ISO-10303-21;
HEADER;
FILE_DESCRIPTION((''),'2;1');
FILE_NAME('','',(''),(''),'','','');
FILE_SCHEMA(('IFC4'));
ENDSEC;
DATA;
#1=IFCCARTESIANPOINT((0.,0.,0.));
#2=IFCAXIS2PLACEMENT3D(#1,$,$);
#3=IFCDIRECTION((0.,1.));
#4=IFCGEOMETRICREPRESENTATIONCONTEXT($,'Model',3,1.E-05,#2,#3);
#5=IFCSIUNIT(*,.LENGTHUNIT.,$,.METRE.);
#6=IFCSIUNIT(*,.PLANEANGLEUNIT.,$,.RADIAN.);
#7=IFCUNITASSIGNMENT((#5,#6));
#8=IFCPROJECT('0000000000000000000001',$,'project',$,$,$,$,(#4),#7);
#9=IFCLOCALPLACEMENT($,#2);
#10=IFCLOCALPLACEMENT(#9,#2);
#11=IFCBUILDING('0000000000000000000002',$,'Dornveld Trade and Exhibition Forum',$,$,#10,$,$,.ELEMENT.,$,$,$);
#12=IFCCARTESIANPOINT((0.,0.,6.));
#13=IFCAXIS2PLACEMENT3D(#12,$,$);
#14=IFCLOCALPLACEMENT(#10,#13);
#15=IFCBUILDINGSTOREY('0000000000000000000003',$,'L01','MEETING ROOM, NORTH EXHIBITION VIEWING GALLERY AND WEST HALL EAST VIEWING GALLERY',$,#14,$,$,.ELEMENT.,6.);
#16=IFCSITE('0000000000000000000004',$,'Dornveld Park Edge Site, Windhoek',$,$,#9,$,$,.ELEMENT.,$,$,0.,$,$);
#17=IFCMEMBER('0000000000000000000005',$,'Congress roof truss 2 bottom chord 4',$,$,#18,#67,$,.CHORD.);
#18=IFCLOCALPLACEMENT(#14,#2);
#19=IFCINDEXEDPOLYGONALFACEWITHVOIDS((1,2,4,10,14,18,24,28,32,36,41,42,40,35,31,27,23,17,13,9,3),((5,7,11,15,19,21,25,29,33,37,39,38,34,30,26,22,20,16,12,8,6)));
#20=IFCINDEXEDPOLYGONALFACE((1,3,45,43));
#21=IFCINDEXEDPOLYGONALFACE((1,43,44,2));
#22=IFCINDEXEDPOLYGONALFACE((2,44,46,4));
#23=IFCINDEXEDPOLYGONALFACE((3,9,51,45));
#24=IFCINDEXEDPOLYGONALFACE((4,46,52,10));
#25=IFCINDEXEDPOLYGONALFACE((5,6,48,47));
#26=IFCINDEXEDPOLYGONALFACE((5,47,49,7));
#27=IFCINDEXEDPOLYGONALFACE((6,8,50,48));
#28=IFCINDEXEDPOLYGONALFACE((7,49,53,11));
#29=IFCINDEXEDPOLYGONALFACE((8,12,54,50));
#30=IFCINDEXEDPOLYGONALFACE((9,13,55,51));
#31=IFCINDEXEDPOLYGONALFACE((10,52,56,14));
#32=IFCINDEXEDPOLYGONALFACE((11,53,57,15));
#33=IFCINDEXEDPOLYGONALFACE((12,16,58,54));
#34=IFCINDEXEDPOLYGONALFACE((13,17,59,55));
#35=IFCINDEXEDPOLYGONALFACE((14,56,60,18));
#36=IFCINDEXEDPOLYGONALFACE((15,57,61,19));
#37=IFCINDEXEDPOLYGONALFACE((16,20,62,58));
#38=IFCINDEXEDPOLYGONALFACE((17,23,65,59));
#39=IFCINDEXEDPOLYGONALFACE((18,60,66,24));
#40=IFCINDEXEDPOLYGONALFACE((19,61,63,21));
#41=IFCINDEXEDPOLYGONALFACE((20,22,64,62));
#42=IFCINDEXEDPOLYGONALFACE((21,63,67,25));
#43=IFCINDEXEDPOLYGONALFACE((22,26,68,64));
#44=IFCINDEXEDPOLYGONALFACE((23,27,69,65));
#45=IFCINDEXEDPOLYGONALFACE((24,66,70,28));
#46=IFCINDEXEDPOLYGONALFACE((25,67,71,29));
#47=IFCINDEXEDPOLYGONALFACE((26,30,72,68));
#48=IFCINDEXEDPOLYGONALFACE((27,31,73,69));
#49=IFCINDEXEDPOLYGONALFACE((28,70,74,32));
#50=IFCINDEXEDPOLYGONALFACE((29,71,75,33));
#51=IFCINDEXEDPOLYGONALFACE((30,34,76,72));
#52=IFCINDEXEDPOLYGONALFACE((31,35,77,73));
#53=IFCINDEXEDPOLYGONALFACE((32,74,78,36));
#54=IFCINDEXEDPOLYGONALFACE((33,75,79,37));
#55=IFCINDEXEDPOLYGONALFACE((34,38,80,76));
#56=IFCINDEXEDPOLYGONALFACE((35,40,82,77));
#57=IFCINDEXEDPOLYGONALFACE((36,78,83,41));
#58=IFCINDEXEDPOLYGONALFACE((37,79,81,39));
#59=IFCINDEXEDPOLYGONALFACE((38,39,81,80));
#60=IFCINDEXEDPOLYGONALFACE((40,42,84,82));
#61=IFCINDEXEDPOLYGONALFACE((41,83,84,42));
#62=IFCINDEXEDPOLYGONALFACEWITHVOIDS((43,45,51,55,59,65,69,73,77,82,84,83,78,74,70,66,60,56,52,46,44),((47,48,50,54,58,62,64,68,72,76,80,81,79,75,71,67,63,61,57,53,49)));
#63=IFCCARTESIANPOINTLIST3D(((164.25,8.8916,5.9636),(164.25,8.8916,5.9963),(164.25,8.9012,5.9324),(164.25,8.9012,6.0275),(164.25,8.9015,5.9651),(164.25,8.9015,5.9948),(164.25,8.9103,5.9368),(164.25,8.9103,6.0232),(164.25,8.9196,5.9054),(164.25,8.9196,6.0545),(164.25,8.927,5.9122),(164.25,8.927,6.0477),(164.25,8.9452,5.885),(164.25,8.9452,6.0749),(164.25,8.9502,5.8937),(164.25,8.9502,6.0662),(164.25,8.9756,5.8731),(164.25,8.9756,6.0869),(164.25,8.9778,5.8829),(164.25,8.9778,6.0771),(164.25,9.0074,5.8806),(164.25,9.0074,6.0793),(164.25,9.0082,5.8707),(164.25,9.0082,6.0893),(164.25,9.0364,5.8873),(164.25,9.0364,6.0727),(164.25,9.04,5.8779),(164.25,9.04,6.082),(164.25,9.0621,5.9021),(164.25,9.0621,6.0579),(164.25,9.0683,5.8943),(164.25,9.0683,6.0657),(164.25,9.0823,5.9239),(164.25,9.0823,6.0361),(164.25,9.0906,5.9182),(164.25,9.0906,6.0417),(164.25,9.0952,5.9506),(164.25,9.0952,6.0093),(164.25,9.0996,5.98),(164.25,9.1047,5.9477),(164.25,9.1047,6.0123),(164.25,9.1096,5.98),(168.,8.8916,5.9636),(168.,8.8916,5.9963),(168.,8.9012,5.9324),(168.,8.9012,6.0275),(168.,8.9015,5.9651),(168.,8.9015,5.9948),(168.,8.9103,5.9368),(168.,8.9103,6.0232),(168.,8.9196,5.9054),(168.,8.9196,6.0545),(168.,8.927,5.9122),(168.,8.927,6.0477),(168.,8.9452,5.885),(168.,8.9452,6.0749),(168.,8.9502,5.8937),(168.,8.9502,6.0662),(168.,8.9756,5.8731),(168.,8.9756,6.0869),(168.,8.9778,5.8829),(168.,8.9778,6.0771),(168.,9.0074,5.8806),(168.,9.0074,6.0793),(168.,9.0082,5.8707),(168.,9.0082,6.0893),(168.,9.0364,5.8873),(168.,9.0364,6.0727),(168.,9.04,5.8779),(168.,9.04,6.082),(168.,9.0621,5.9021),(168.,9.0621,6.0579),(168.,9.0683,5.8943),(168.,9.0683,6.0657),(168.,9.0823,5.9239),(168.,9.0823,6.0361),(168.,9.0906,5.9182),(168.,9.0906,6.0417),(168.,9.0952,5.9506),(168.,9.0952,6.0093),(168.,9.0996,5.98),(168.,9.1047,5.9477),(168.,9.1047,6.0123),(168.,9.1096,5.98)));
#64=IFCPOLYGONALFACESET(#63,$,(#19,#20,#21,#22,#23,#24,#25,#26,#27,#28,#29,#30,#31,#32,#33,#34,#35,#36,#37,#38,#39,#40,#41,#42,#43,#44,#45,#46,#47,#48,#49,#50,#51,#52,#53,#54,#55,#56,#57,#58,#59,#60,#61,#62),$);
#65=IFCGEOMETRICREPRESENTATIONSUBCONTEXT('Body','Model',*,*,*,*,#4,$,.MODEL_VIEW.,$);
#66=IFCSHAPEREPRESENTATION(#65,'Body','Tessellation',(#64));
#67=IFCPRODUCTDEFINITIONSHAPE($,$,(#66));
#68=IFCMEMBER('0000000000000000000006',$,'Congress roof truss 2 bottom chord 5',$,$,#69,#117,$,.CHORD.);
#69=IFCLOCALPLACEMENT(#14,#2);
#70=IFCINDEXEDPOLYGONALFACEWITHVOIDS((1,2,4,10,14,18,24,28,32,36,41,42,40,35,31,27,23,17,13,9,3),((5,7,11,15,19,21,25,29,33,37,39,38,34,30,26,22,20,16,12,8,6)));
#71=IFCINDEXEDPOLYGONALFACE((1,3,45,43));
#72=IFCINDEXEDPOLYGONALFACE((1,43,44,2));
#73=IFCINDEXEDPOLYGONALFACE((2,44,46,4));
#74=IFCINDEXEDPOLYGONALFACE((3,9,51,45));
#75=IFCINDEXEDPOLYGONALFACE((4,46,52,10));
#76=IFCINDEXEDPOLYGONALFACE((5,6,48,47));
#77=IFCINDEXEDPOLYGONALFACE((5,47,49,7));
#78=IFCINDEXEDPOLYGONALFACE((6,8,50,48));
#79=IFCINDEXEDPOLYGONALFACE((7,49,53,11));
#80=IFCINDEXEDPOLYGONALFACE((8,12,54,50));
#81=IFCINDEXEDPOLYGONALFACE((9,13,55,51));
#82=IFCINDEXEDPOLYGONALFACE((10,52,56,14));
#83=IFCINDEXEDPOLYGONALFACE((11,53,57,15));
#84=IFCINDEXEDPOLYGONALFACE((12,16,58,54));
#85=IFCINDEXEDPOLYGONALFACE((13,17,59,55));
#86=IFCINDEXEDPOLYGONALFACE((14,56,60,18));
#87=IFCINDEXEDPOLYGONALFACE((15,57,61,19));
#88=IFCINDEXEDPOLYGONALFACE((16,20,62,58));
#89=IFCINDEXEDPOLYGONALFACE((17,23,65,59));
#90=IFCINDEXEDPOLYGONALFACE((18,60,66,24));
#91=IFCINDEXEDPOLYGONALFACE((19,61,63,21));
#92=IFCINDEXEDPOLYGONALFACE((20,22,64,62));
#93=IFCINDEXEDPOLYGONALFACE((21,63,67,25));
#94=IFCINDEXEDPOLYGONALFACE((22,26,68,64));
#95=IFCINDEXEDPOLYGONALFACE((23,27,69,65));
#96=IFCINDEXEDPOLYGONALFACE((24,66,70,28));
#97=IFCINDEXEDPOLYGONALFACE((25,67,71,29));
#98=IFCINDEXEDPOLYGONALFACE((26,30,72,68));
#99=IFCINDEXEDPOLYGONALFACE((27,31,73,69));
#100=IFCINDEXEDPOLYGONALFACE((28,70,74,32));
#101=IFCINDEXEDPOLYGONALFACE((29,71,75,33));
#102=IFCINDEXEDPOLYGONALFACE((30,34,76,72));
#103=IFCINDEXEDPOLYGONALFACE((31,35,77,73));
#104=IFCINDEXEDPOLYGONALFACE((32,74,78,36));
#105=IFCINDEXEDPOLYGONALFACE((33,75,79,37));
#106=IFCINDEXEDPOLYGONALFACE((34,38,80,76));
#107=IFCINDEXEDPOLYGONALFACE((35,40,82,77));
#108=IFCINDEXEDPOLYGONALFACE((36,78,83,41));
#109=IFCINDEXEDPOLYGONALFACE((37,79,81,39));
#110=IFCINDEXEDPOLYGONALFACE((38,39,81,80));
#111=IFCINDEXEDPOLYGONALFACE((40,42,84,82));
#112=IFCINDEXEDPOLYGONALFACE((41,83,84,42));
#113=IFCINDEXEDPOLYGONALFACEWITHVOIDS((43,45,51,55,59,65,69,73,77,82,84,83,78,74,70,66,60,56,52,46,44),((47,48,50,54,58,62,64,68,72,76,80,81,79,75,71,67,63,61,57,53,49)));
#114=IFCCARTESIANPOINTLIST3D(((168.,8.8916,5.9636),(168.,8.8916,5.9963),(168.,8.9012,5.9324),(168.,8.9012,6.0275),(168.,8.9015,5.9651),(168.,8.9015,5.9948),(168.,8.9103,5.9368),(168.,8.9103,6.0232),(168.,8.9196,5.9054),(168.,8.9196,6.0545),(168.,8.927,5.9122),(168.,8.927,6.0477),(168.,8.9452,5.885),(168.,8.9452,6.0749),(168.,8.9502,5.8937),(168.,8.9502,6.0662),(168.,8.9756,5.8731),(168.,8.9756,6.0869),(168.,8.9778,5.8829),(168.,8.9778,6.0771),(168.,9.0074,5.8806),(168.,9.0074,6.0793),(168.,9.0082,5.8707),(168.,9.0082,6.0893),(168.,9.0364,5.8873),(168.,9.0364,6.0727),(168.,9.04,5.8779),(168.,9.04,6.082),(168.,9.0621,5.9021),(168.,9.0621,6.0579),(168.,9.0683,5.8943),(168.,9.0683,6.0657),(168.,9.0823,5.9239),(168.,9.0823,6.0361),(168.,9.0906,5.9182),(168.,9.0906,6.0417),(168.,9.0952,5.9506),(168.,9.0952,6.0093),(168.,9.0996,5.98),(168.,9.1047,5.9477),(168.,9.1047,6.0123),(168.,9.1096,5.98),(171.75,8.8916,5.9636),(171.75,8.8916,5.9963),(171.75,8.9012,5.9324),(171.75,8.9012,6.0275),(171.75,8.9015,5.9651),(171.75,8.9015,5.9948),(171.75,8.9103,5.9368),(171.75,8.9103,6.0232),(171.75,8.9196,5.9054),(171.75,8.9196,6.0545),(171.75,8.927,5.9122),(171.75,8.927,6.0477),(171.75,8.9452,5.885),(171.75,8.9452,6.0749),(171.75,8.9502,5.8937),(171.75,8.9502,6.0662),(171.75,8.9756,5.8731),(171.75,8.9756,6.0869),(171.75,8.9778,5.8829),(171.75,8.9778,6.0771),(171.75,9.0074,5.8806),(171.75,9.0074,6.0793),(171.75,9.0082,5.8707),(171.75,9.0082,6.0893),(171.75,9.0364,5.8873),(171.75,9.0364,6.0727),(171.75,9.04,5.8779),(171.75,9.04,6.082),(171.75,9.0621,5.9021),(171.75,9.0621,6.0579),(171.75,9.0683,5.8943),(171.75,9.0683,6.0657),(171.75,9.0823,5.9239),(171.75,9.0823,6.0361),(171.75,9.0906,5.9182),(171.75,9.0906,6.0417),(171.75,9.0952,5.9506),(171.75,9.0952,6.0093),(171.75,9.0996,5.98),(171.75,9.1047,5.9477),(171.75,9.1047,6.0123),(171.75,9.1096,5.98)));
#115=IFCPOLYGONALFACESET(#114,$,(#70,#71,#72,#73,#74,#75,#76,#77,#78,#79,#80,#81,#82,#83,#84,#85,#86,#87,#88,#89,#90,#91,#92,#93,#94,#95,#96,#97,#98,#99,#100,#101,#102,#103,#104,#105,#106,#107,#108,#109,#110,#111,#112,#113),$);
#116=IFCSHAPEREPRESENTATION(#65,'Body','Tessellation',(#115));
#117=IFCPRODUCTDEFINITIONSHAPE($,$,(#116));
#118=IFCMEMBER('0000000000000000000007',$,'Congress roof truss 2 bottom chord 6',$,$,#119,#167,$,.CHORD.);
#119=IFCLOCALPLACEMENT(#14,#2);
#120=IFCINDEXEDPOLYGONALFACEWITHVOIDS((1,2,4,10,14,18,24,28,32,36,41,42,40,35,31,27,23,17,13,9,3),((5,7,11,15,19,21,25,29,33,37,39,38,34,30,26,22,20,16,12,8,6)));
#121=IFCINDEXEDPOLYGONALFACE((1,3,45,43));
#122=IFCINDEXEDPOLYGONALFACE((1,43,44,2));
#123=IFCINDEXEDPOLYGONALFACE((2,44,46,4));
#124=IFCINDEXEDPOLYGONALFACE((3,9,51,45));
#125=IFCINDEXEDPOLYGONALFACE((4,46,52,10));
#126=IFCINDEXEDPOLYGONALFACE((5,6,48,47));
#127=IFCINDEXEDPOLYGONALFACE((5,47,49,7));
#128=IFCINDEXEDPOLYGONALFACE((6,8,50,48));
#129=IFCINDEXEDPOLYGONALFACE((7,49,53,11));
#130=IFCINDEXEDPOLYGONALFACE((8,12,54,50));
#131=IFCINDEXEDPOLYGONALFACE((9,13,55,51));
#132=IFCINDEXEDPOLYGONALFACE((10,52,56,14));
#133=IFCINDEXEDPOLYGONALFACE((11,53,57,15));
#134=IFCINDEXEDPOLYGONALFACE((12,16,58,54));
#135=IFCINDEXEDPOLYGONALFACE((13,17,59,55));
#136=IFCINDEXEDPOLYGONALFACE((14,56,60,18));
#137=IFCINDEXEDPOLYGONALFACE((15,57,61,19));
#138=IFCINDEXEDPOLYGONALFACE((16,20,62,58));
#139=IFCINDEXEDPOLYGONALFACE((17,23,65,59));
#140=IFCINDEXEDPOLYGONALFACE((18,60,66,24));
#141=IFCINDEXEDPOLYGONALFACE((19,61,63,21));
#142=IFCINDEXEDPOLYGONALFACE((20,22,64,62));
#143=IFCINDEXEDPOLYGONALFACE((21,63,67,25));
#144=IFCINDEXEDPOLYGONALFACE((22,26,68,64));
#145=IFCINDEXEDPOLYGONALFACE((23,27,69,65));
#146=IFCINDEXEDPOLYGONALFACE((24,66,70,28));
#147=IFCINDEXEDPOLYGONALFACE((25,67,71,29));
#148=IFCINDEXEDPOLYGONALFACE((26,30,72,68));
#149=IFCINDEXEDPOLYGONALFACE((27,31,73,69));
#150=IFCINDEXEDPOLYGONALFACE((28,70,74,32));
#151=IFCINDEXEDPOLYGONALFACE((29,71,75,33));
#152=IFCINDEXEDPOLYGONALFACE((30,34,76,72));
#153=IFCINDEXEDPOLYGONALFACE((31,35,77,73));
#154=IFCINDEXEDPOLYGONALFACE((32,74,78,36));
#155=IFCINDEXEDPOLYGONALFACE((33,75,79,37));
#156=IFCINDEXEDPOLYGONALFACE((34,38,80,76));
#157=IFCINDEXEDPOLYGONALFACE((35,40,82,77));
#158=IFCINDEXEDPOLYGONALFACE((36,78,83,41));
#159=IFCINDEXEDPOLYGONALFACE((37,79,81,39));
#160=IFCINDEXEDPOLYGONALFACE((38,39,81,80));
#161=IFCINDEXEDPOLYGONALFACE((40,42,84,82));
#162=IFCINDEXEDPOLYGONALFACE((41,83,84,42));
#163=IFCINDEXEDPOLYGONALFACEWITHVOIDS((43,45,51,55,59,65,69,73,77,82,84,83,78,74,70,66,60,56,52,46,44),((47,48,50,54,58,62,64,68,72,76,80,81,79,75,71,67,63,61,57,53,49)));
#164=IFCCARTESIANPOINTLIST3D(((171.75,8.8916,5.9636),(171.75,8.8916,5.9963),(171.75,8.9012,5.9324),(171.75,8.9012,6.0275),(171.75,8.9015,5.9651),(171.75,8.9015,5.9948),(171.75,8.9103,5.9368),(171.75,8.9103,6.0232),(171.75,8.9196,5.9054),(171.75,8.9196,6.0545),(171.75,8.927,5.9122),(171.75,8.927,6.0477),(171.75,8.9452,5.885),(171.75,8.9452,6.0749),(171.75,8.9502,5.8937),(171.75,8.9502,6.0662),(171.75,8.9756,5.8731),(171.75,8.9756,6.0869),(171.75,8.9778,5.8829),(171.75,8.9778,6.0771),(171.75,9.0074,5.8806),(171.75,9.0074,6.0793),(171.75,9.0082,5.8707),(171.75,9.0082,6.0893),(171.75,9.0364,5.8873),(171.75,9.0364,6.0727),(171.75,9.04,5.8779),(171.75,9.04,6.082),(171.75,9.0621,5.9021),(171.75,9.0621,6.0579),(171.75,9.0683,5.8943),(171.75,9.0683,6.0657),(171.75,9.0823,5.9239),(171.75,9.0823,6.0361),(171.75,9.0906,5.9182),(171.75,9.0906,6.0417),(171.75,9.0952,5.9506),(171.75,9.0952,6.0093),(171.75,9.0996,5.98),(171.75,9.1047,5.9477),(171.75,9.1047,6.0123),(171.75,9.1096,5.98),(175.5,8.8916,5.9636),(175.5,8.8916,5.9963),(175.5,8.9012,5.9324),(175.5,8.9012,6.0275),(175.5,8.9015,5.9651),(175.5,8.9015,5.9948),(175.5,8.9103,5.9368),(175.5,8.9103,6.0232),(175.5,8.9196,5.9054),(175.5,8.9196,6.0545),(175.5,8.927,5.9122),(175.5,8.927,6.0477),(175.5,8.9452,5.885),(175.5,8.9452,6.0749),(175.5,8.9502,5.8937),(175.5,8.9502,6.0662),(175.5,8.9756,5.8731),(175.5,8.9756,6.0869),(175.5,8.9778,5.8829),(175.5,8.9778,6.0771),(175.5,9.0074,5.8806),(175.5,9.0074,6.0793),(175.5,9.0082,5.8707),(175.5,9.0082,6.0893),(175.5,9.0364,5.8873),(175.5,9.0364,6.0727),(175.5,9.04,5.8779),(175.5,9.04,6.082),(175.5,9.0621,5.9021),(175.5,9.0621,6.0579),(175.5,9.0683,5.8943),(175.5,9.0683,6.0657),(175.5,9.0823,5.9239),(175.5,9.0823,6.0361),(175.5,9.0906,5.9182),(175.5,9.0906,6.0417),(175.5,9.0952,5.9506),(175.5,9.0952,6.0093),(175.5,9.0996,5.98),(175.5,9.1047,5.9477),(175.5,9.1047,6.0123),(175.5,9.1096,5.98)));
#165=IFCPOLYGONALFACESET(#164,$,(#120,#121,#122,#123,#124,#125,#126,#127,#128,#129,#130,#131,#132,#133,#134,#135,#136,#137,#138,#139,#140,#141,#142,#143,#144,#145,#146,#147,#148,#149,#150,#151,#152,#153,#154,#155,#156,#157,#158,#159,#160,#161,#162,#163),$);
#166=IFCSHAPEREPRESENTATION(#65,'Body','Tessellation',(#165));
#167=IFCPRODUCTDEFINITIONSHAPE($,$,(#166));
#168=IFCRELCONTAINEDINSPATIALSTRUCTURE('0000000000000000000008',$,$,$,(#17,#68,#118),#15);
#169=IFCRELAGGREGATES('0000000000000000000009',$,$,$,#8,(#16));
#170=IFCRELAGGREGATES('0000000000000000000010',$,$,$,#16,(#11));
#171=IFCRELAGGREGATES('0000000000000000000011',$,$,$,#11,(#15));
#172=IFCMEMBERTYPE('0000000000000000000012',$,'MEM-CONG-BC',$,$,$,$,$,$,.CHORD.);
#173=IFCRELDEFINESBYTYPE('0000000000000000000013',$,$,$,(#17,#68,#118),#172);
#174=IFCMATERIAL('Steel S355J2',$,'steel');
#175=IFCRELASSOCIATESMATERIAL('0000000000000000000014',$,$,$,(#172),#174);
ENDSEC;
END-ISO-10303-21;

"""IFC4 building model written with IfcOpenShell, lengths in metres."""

from ifc_helpers import new_model, si_unit, direction, frame, origin, origin_2d, place, context, subcontext, project, spatial, hollow_circle, extrude, material, material_profile, profile_set, type_object, element, save


model = new_model("IFC4")

# Units and contexts
model_context = context("Model", 3, precision=1e-05, world=origin(), true_north=direction((0.0, 1.0)))
body_context = subcontext(model_context, "Body", "Model", "MODEL_VIEW")
ifc_project = project(units=[si_unit("LENGTHUNIT", "METRE"), si_unit("PLANEANGLEUNIT", "RADIAN")], contexts=[model_context])

# Site, building, storey
site_placement = place(None, origin())
site = spatial("IfcSite", under=ifc_project, at=site_placement, Name="Dornveld Park Edge Site, Windhoek", CompositionType="ELEMENT", RefElevation=0.0)
building_placement = place(site_placement, origin())
building = spatial("IfcBuilding", under=site, at=building_placement, Name="Dornveld Trade and Exhibition Forum", CompositionType="ELEMENT")
storey_placement = place(building_placement, frame((0.0, 0.0, 6.0)))
storey = spatial("IfcBuildingStorey", under=building, at=storey_placement, Name="L01", Description="MEETING ROOM, NORTH EXHIBITION VIEWING GALLERY AND WEST HALL EAST VIEWING GALLERY", CompositionType="ELEMENT", Elevation=6.0)

# Members
ifc_material_1 = material(Name="Steel S355J2", Category="steel")
ifc_material_profile_1 = material_profile(ifc_material_1, hollow_circle(Radius=0.1096, WallThickness=0.01, at=origin_2d()), Name="CHS 219.1x10")
ifc_profile_set_1 = profile_set([ifc_material_profile_1], Name="Steel S355J2")
member_type_1 = type_object("IfcMemberType", Name="MEM-CONG-BC", PredefinedType="CHORD", material=ifc_profile_set_1)
for number, where, z_axis, x_axis, name in (
    (1, (164.25, 9.0, 5.98), (1.0, 0.0, 0.0), (0.0, 1.0, 0.0), "Congress roof truss 2 bottom chord 4"),
    (2, (168.0, 9.0, 5.98), (1.0, 0.0, 0.0), (0.0, 1.0, 0.0), "Congress roof truss 2 bottom chord 5"),
    (3, (171.75, 9.0, 5.98), (1.0, 0.0, 0.0), (0.0, 1.0, 0.0), "Congress roof truss 2 bottom chord 6"),
):
    element("IfcMember", number, at=place(storey_placement, frame(where, z_axis=z_axis, x_axis=x_axis)), inside=storey, type_object=member_type_1, Name=name, PredefinedType="CHORD", context=body_context, shape_type="SweptSolid", body=[
        extrude(hollow_circle(Radius=0.1096, WallThickness=0.01, at=origin_2d()), origin(), (0.0, 0.0, 1.0), 3.75),
    ])

save(model, "model.ifc")
